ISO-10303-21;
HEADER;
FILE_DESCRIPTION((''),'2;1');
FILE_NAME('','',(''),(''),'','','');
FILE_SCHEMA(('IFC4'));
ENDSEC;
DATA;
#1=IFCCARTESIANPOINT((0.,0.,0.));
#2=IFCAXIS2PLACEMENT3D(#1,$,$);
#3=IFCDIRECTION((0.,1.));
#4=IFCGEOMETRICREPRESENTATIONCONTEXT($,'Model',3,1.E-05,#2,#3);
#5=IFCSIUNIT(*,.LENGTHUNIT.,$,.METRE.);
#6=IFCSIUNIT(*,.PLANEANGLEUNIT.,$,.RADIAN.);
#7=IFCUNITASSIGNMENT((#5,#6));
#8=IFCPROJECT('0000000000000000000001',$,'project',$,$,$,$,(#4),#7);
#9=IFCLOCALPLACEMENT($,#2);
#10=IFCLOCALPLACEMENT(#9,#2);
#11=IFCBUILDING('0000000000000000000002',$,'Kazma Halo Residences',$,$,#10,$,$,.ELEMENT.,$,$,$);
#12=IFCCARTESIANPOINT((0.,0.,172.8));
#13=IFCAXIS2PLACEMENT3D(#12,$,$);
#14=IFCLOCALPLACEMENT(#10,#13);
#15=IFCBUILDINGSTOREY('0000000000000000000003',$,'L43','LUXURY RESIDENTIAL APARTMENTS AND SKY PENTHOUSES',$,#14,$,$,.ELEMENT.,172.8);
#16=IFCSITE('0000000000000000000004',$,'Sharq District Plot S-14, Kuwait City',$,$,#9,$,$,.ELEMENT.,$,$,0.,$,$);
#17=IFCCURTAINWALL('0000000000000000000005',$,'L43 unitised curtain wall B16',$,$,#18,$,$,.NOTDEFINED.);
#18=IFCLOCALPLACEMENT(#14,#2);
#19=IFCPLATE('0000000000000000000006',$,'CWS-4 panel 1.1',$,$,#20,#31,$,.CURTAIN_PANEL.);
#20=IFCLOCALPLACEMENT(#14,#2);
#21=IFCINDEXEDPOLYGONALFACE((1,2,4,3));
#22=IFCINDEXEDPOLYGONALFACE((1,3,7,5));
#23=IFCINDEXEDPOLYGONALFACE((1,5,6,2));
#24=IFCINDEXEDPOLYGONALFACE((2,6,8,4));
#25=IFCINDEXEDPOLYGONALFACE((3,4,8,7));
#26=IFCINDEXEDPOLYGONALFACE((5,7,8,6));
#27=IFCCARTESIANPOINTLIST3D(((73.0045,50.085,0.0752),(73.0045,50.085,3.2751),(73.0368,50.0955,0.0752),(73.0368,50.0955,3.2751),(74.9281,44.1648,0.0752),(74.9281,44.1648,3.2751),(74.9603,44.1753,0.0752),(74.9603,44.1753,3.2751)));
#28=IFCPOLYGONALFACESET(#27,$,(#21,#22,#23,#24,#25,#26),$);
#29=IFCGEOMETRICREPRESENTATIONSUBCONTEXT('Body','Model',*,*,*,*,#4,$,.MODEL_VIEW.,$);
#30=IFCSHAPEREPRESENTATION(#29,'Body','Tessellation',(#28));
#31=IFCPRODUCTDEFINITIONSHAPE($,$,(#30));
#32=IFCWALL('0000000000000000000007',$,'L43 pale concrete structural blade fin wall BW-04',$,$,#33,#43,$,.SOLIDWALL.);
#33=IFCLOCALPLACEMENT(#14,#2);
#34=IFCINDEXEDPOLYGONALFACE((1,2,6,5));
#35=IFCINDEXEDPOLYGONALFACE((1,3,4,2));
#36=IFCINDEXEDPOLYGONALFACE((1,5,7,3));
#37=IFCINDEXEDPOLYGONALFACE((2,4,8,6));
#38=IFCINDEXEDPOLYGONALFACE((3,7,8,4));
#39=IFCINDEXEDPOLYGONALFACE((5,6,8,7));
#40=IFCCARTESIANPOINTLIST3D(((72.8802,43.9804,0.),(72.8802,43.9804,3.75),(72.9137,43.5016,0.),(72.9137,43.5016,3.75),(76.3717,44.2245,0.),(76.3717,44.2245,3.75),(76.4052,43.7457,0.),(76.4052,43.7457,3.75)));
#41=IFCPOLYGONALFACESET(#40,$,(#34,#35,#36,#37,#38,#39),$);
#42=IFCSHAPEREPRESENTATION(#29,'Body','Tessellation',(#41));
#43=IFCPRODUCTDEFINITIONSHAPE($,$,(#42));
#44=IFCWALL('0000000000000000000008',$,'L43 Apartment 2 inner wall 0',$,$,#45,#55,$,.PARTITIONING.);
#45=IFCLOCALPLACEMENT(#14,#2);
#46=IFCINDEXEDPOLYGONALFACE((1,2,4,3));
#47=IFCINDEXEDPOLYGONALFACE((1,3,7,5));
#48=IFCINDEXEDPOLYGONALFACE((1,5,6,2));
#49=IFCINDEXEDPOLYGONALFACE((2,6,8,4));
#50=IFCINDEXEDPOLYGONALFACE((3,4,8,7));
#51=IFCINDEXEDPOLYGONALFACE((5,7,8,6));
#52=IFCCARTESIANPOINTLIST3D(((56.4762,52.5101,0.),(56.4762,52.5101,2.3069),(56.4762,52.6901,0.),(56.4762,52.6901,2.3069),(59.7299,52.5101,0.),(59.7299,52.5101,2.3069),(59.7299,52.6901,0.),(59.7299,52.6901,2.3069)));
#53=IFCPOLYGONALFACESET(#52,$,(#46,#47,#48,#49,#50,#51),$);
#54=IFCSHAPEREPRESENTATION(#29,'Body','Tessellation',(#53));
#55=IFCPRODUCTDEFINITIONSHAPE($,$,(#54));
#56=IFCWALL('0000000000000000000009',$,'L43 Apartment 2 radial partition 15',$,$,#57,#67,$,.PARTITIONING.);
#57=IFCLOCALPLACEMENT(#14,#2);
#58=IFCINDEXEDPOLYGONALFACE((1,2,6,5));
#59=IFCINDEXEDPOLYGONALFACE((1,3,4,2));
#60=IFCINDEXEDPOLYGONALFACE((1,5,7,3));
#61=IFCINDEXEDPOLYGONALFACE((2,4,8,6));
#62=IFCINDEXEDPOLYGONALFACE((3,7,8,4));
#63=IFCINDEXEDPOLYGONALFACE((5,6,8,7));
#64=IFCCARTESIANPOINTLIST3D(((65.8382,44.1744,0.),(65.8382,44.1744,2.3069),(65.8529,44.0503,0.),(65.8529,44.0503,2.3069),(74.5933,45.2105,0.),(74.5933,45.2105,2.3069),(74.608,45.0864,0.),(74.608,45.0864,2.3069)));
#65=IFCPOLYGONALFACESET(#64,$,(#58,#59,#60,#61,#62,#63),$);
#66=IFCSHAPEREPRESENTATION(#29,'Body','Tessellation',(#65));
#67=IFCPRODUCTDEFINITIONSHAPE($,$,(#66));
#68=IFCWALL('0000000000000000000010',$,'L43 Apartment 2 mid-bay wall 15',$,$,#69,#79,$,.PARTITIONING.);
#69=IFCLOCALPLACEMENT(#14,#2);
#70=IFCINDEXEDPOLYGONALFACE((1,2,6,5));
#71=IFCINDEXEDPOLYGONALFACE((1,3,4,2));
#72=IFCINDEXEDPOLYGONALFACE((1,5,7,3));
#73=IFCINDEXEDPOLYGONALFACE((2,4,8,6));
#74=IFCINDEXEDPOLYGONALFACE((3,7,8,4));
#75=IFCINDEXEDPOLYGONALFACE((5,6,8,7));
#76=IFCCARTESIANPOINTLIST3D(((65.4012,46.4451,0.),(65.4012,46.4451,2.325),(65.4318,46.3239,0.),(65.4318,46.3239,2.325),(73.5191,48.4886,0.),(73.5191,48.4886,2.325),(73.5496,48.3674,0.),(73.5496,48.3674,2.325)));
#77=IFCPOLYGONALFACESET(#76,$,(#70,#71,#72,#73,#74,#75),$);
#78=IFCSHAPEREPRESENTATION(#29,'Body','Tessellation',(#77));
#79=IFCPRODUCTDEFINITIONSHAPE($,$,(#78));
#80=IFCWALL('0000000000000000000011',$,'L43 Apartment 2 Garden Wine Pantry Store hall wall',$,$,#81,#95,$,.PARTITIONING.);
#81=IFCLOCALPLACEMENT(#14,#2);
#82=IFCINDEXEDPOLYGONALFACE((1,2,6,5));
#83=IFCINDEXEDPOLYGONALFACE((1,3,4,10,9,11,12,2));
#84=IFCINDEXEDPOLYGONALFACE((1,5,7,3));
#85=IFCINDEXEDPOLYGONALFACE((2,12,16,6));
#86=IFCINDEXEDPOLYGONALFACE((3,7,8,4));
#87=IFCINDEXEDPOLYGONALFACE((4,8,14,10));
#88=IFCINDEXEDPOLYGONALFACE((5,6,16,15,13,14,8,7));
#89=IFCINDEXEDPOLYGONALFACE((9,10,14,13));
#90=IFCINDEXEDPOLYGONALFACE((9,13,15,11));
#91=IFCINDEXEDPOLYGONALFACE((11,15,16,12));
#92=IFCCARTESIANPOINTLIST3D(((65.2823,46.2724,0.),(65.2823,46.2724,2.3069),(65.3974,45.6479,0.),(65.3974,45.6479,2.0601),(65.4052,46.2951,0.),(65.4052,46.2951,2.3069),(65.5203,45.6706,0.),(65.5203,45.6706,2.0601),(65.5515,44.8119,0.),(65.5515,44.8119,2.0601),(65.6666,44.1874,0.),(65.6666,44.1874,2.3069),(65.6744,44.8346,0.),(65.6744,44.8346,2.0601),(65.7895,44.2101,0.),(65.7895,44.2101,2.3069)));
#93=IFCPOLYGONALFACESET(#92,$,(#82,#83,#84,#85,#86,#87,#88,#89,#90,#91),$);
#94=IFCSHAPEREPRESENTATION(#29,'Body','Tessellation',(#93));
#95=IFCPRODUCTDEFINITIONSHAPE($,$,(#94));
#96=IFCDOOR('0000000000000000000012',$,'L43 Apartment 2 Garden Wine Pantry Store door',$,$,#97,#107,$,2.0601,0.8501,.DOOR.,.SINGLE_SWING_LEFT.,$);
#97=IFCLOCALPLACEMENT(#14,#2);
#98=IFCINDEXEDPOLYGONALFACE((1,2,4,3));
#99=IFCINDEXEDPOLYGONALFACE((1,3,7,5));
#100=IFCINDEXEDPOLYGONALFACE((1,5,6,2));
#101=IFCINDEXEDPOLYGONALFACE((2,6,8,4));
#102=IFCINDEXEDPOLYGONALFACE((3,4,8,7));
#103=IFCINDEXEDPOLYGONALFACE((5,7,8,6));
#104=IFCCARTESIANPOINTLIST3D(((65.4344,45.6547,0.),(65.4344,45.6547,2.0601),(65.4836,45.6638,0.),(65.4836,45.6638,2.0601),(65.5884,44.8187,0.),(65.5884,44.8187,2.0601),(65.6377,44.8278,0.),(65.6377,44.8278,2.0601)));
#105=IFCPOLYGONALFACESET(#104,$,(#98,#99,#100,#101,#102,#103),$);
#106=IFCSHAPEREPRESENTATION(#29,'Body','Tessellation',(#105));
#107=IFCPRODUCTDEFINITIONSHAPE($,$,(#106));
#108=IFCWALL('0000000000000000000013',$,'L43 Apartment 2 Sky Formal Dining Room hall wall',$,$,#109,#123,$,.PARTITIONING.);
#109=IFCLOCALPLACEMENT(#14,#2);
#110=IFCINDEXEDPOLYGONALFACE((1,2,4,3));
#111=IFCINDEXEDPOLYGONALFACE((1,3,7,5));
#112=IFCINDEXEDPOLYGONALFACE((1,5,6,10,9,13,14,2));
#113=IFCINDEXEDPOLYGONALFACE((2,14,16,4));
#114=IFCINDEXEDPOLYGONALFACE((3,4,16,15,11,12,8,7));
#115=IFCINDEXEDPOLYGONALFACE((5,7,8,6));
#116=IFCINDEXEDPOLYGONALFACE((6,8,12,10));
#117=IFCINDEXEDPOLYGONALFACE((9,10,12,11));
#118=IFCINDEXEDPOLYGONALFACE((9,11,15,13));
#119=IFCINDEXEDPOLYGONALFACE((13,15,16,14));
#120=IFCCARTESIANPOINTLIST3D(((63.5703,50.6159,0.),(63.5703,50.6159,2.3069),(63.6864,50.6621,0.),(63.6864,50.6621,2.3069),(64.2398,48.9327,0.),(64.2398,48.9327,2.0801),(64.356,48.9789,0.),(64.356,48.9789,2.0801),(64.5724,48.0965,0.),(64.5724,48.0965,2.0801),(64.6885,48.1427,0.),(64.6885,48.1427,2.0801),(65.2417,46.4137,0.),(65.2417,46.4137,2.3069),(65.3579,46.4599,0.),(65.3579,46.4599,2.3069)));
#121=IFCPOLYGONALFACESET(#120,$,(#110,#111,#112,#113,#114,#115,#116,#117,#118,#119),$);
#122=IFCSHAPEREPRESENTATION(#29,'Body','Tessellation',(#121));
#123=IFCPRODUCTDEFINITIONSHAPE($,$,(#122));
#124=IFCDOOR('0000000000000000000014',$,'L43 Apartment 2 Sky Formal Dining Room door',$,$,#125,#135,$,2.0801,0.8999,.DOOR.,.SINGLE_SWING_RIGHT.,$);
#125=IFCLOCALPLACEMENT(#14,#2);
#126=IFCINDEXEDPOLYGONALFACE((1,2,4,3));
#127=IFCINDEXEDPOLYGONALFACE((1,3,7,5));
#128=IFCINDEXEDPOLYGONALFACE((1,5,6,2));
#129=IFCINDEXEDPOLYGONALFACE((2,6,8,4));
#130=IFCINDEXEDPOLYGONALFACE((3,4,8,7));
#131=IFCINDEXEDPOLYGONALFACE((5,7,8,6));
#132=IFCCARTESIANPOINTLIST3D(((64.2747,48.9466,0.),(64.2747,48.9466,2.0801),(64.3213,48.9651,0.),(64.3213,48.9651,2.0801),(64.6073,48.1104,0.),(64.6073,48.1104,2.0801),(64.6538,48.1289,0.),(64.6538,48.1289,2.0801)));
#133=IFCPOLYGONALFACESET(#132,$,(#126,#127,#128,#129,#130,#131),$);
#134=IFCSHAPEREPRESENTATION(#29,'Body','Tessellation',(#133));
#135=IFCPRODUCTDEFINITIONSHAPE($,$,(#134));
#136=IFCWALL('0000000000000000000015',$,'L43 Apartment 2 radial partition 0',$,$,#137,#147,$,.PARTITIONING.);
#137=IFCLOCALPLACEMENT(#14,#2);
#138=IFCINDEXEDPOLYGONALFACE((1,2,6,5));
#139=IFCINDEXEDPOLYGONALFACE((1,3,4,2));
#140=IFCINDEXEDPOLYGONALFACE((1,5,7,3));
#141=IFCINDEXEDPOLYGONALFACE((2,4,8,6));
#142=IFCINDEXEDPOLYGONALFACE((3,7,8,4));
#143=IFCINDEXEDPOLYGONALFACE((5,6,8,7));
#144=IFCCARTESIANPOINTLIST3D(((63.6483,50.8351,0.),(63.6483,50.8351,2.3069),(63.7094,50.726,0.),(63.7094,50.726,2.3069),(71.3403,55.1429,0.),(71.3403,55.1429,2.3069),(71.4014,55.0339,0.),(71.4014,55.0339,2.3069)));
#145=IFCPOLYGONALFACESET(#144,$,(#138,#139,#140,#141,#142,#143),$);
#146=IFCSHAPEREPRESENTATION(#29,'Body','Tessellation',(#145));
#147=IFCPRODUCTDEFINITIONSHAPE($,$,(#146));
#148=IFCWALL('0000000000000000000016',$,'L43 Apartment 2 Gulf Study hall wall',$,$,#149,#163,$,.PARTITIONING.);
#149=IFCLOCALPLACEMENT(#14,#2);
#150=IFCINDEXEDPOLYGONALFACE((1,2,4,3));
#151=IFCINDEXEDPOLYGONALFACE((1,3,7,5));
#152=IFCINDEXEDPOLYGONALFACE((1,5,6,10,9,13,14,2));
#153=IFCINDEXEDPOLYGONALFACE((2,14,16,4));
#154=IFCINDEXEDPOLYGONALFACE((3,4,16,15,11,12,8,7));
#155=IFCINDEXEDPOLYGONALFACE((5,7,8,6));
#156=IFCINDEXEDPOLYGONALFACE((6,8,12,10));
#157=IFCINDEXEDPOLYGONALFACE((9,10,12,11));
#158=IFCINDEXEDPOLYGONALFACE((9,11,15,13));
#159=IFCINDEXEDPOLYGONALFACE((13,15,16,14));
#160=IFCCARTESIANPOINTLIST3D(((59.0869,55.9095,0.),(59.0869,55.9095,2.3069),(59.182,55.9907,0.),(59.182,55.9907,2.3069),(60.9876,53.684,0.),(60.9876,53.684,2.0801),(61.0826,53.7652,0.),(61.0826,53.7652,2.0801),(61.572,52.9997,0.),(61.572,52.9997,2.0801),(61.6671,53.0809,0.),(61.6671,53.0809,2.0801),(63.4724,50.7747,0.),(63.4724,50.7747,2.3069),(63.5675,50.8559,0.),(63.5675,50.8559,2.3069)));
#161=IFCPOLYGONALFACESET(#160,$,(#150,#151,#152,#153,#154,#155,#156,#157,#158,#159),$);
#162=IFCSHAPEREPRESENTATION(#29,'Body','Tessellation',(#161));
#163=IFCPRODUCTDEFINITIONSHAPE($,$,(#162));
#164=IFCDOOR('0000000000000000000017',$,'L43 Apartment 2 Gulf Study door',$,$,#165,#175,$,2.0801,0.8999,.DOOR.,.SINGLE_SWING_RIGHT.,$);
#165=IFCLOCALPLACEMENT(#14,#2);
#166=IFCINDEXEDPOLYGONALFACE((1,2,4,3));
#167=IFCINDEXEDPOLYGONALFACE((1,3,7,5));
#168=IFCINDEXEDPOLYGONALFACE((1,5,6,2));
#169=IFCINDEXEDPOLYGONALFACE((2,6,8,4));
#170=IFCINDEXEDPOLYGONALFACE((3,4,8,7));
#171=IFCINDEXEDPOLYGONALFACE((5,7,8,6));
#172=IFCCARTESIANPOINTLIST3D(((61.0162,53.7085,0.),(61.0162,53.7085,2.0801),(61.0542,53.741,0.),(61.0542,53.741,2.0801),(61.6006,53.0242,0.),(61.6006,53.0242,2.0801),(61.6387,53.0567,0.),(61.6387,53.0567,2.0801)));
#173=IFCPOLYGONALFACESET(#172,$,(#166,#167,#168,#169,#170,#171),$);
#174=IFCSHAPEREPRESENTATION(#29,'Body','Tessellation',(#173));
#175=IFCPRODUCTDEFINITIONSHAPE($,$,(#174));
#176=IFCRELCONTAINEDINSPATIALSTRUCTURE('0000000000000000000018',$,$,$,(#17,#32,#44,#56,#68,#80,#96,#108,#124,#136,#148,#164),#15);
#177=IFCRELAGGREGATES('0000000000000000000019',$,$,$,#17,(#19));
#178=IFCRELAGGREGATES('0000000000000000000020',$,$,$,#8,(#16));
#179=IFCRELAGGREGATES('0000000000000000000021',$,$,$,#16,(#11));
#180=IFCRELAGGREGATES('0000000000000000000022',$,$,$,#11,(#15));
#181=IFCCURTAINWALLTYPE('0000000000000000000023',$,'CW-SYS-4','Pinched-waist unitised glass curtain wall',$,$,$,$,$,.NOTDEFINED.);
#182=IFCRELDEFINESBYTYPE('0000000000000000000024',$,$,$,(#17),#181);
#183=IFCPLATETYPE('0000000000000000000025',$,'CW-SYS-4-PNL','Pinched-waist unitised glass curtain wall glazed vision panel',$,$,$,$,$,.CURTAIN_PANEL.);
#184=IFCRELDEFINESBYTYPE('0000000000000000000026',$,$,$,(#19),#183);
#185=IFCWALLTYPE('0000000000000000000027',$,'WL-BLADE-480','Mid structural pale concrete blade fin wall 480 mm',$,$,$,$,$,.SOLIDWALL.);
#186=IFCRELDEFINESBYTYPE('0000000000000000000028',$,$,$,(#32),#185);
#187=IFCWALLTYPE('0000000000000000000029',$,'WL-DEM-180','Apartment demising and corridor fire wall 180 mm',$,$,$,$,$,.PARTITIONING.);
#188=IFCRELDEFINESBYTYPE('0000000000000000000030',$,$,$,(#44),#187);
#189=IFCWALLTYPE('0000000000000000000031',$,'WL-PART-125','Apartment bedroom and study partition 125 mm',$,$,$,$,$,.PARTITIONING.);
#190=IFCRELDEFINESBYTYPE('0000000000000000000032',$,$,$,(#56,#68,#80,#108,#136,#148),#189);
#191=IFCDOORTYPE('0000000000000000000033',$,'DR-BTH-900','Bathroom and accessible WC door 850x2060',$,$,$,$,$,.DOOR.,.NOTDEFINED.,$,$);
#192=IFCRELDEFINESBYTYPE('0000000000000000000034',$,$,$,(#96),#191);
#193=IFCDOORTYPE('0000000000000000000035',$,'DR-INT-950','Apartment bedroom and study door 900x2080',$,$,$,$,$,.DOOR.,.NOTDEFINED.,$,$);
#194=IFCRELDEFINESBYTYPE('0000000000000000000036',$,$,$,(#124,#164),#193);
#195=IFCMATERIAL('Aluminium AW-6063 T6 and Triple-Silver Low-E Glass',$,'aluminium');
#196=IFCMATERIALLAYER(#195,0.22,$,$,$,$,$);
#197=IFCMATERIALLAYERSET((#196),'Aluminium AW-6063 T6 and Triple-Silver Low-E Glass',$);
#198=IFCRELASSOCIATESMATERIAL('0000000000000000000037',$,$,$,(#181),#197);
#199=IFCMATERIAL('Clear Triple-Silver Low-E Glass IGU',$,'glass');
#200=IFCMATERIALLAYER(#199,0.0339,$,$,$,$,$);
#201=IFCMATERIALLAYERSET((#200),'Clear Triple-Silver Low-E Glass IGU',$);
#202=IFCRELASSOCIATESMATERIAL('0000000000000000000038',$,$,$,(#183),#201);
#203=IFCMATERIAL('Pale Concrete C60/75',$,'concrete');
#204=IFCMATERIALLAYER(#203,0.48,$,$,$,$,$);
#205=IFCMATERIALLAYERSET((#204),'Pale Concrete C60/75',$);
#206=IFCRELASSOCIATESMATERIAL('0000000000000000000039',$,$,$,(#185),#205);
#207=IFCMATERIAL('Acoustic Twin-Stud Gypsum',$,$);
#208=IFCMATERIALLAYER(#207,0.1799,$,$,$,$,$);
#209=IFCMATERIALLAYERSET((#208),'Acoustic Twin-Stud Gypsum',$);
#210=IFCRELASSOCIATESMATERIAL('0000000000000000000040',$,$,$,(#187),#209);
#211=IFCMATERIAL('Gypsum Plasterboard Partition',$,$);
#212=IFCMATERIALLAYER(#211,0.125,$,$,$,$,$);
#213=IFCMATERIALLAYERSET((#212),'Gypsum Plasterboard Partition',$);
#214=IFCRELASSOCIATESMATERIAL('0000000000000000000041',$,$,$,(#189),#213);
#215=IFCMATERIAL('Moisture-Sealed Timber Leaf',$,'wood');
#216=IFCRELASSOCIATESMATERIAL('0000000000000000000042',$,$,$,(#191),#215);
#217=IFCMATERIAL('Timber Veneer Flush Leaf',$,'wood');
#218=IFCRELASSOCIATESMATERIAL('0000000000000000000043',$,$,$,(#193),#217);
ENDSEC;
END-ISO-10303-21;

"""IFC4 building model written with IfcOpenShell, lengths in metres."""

from ifc_helpers import new_model, si_unit, direction, frame, frame_2d, origin, origin_2d, place, context, subcontext, project, spatial, rectangle, extrude, material, layer, layer_set, type_object, element, fill, aggregate, save


model = new_model("IFC4")

# Units and contexts
model_context = context("Model", 3, precision=1e-05, world=origin(), true_north=direction((0.0, 1.0)))
body_context = subcontext(model_context, "Body", "Model", "MODEL_VIEW")
ifc_project = project(units=[si_unit("LENGTHUNIT", "METRE"), si_unit("PLANEANGLEUNIT", "RADIAN")], contexts=[model_context])

# Site, building, storey
site_placement = place(None, origin())
site = spatial("IfcSite", under=ifc_project, at=site_placement, Name="Sharq District Plot S-14, Kuwait City", CompositionType="ELEMENT", RefElevation=0.0)
building_placement = place(site_placement, origin())
building = spatial("IfcBuilding", under=site, at=building_placement, Name="Kazma Halo Residences", CompositionType="ELEMENT")
storey_placement = place(building_placement, frame((0.0, 0.0, 172.8)))
storey = spatial("IfcBuildingStorey", under=building, at=storey_placement, Name="L43", Description="LUXURY RESIDENTIAL APARTMENTS AND SKY PENTHOUSES", CompositionType="ELEMENT", Elevation=172.8)

# Shared definitions
ifc_material_1 = material(Name="Aluminium AW-6063 T6 and Triple-Silver Low-E Glass", Category="aluminium")
ifc_layer_1 = layer(ifc_material_1, 0.22)
ifc_layer_set_1 = layer_set([ifc_layer_1], Name="Aluminium AW-6063 T6 and Triple-Silver Low-E Glass")
curtain_wall_type = type_object("IfcCurtainWallType", Name="CW-SYS-4", Description="Pinched-waist unitised glass curtain wall", PredefinedType="NOTDEFINED", material=ifc_layer_set_1)

# Curtain wall, plate
curtain_wall_1_placement = place(storey_placement, origin())
curtain_wall_1 = element("IfcCurtainWall", 1, at=curtain_wall_1_placement, inside=storey, type_object=curtain_wall_type, Name="L43 unitised curtain wall B16", PredefinedType="NOTDEFINED")
ifc_material_2 = material(Name="Clear Triple-Silver Low-E Glass IGU", Category="glass")
ifc_layer_2 = layer(ifc_material_2, 0.0339)
ifc_layer_set_2 = layer_set([ifc_layer_2], Name="Clear Triple-Silver Low-E Glass IGU")
plate_type = type_object("IfcPlateType", Name="CW-SYS-4-PNL", Description="Pinched-waist unitised glass curtain wall glazed vision panel", PredefinedType="CURTAIN_PANEL", material=ifc_layer_set_2)
plate_placement = place(storey_placement, frame((73.9824, 47.1301, 0.0752), z_axis=(0.0, 0.0, 1.0), x_axis=(-0.309014, 0.951058, 0.0)))
plate = element("IfcPlate", 2, at=plate_placement, type_object=plate_type, Name="CWS-4 panel 1.1", PredefinedType="CURTAIN_PANEL", context=body_context, shape_type="SweptSolid", body=[
    extrude(rectangle(XDim=6.2249, YDim=0.0339, at=origin_2d()), origin(), (0.0, 0.0, 1.0), 3.2),
])
aggregate(curtain_wall_1, [plate])

# Walls
ifc_material_3 = material(Name="Pale Concrete C60/75", Category="concrete")
ifc_layer_3 = layer(ifc_material_3, 0.48)
ifc_layer_set_3 = layer_set([ifc_layer_3], Name="Pale Concrete C60/75")
wall_type_1 = type_object("IfcWallType", Name="WL-BLADE-480", Description="Mid structural pale concrete blade fin wall 480 mm", PredefinedType="SOLIDWALL", material=ifc_layer_set_3)
wall_1_placement = place(storey_placement, frame((72.897, 43.741, 0.0), z_axis=(0.0, 0.0, 1.0), x_axis=(0.997564, 0.069755, 0.0)))
element("IfcWall", 3, at=wall_1_placement, inside=storey, type_object=wall_type_1, Name="L43 pale concrete structural blade fin wall BW-04", PredefinedType="SOLIDWALL", context=body_context, shape_type="SweptSolid", body=[
    extrude(rectangle(XDim=3.5, YDim=0.48, at=frame_2d((1.75, 0.0))), origin(), (0.0, 0.0, 1.0), 3.75),
])
ifc_material_4 = material(Name="Acoustic Twin-Stud Gypsum")
ifc_layer_4 = layer(ifc_material_4, 0.1799)
ifc_layer_set_4 = layer_set([ifc_layer_4], Name="Acoustic Twin-Stud Gypsum")
wall_type_2 = type_object("IfcWallType", Name="WL-DEM-180", Description="Apartment demising and corridor fire wall 180 mm", PredefinedType="PARTITIONING", material=ifc_layer_set_4)
wall_2_placement = place(storey_placement, frame((59.73, 52.6001, 0.0), z_axis=(0.0, 0.0, 1.0), x_axis=(-1.0, 0.0, 0.0)))
element("IfcWall", 4, at=wall_2_placement, inside=storey, type_object=wall_type_2, Name="L43 Apartment 2 inner wall 0", PredefinedType="PARTITIONING", context=body_context, shape_type="SweptSolid", body=[
    extrude(rectangle(XDim=3.2537, YDim=0.1799, at=frame_2d((1.627, 0.0))), origin(), (0.0, 0.0, 1.0), 2.3069),
])
ifc_material_5 = material(Name="Gypsum Plasterboard Partition")
ifc_layer_5 = layer(ifc_material_5, 0.125)
ifc_layer_set_5 = layer_set([ifc_layer_5], Name="Gypsum Plasterboard Partition")
wall_type_3 = type_object("IfcWallType", Name="WL-PART-125", Description="Apartment bedroom and study partition 125 mm", PredefinedType="PARTITIONING", material=ifc_layer_set_5)
wall_3_placement = place(storey_placement, frame((65.8455, 44.1123, 0.0), z_axis=(0.0, 0.0, 1.0), x_axis=(0.99307, 0.117526, 0.0)))
element("IfcWall", 5, at=wall_3_placement, inside=storey, type_object=wall_type_3, Name="L43 Apartment 2 radial partition 15", PredefinedType="PARTITIONING", context=body_context, shape_type="SweptSolid", body=[
    extrude(rectangle(XDim=8.8162, YDim=0.125, at=frame_2d((4.4082, 0.0))), origin(), (0.0, 0.0, 1.0), 2.3069),
])
wall_4_placement = place(storey_placement, frame((65.4165, 46.3845, 0.0), z_axis=(0.0, 0.0, 1.0), x_axis=(0.969748, 0.244107, 0.0)))
element("IfcWall", 6, at=wall_4_placement, inside=storey, type_object=wall_type_3, Name="L43 Apartment 2 mid-bay wall 15", PredefinedType="PARTITIONING", context=body_context, shape_type="SweptSolid", body=[
    extrude(rectangle(XDim=8.3711, YDim=0.125, at=frame_2d((4.1855, 0.0))), origin(), (0.0, 0.0, 1.0), 2.325),
])

# Walls, openings, doors
wall_5_placement = place(storey_placement, frame((65.728, 44.1987, 0.0), z_axis=(0.0, 0.0, 1.0), x_axis=(-0.181256, 0.983436, 0.0)))
wall_5 = element("IfcWall", 7, at=wall_5_placement, inside=storey, type_object=wall_type_3, Name="L43 Apartment 2 Garden Wine Pantry Store hall wall", PredefinedType="PARTITIONING", context=body_context, shape_type="SweptSolid", body=[
    extrude(rectangle(XDim=2.1201, YDim=0.125, at=frame_2d((1.0601, 0.0))), origin(), (0.0, 0.0, 1.0), 2.3069),
])
opening_1_placement = place(wall_5_placement, frame((0.635, 0.0, 0.0)))
opening_1 = element("IfcOpeningElement", 8, at=opening_1_placement, cuts=wall_5, PredefinedType="OPENING", context=body_context, shape_type="SweptSolid", body=[
    extrude(rectangle(XDim=0.8501, YDim=2.0601, at=frame_2d((0.425, 1.03))), frame((0.0, 0.0725, 0.0), z_axis=(0.0, -1.0, 0.0), x_axis=(1.0, 0.0, 0.0)), (0.0, 0.0, 1.0), 0.145),
])
ifc_material_6 = material(Name="Moisture-Sealed Timber Leaf", Category="wood")
door_type_1 = type_object("IfcDoorType", Name="DR-BTH-900", Description="Bathroom and accessible WC door 850x2060", OperationType="NOTDEFINED", PredefinedType="DOOR", material=ifc_material_6)
door_1_placement = place(opening_1_placement, origin())
door_1 = element("IfcDoor", 9, at=door_1_placement, inside=storey, type_object=door_type_1, Name="L43 Apartment 2 Garden Wine Pantry Store door", OperationType="SINGLE_SWING_LEFT", OverallHeight=2.0601, OverallWidth=0.8501, PredefinedType="DOOR", context=body_context, shape_type="SweptSolid", body=[
    extrude(rectangle(XDim=0.8501, YDim=2.0601, at=frame_2d((0.425, 1.03))), frame((0.0, 0.0249, 0.0), z_axis=(0.0, -1.0, 0.0), x_axis=(1.0, 0.0, 0.0)), (0.0, 0.0, 1.0), 0.05),
])
fill(opening_1, door_1)
wall_6_placement = place(storey_placement, frame((65.2998, 46.4368, 0.0), z_axis=(0.0, 0.0, 1.0), x_axis=(-0.369584, 0.929197, 0.0)))
wall_6 = element("IfcWall", 10, at=wall_6_placement, inside=storey, type_object=wall_type_3, Name="L43 Apartment 2 Sky Formal Dining Room hall wall", PredefinedType="PARTITIONING", context=body_context, shape_type="SweptSolid", body=[
    extrude(rectangle(XDim=4.5225, YDim=0.125, at=frame_2d((2.2612, 0.0))), origin(), (0.0, 0.0, 1.0), 2.3069),
])
opening_2_placement = place(wall_6_placement, frame((1.811, 0.0, 0.0)))
opening_2 = element("IfcOpeningElement", 11, at=opening_2_placement, cuts=wall_6, PredefinedType="OPENING", context=body_context, shape_type="SweptSolid", body=[
    extrude(rectangle(XDim=0.8999, YDim=2.0801, at=frame_2d((0.45, 1.04))), frame((0.0, 0.0725, 0.0), z_axis=(0.0, -1.0, 0.0), x_axis=(1.0, 0.0, 0.0)), (0.0, 0.0, 1.0), 0.145),
])
ifc_material_7 = material(Name="Timber Veneer Flush Leaf", Category="wood")
door_type_2 = type_object("IfcDoorType", Name="DR-INT-950", Description="Apartment bedroom and study door 900x2080", OperationType="NOTDEFINED", PredefinedType="DOOR", material=ifc_material_7)
door_2_placement = place(opening_2_placement, origin())
door_2 = element("IfcDoor", 12, at=door_2_placement, inside=storey, type_object=door_type_2, Name="L43 Apartment 2 Sky Formal Dining Room door", OperationType="SINGLE_SWING_RIGHT", OverallHeight=2.0801, OverallWidth=0.8999, PredefinedType="DOOR", context=body_context, shape_type="SweptSolid", body=[
    extrude(rectangle(XDim=0.8999, YDim=2.0801, at=frame_2d((0.45, 1.04))), frame((0.0, 0.0249, 0.0), z_axis=(0.0, -1.0, 0.0), x_axis=(1.0, 0.0, 0.0)), (0.0, 0.0, 1.0), 0.05),
])
fill(opening_2, door_2)

# Wall
wall_7_placement = place(storey_placement, frame((63.6787, 50.7805, 0.0), z_axis=(0.0, 0.0, 1.0), x_axis=(0.872493, 0.488626, 0.0)))
element("IfcWall", 13, at=wall_7_placement, inside=storey, type_object=wall_type_3, Name="L43 Apartment 2 radial partition 0", PredefinedType="PARTITIONING", context=body_context, shape_type="SweptSolid", body=[
    extrude(rectangle(XDim=8.8162, YDim=0.125, at=frame_2d((4.4082, 0.0))), origin(), (0.0, 0.0, 1.0), 2.3069),
])

# Wall, opening, door
wall_8_placement = place(storey_placement, frame((63.52, 50.8152, 0.0), z_axis=(0.0, 0.0, 1.0), x_axis=(-0.649448, 0.760406, 0.0)))
wall_8 = element("IfcWall", 14, at=wall_8_placement, inside=storey, type_object=wall_type_3, Name="L43 Apartment 2 Gulf Study hall wall", PredefinedType="PARTITIONING", context=body_context, shape_type="SweptSolid", body=[
    extrude(rectangle(XDim=6.7527, YDim=0.125, at=frame_2d((3.3765, 0.0))), origin(), (0.0, 0.0, 1.0), 2.3069),
])
opening_3_placement = place(wall_8_placement, frame((2.9263, 0.0, 0.0)))
opening_3 = element("IfcOpeningElement", 15, at=opening_3_placement, cuts=wall_8, PredefinedType="OPENING", context=body_context, shape_type="SweptSolid", body=[
    extrude(rectangle(XDim=0.8999, YDim=2.0801, at=frame_2d((0.45, 1.04))), frame((0.0, 0.0725, 0.0), z_axis=(0.0, -1.0, 0.0), x_axis=(1.0, 0.0, 0.0)), (0.0, 0.0, 1.0), 0.145),
])
door_3_placement = place(opening_3_placement, origin())
door_3 = element("IfcDoor", 16, at=door_3_placement, inside=storey, type_object=door_type_2, Name="L43 Apartment 2 Gulf Study door", OperationType="SINGLE_SWING_RIGHT", OverallHeight=2.0801, OverallWidth=0.8999, PredefinedType="DOOR", context=body_context, shape_type="SweptSolid", body=[
    extrude(rectangle(XDim=0.8999, YDim=2.0801, at=frame_2d((0.45, 1.04))), frame((0.0, 0.0249, 0.0), z_axis=(0.0, -1.0, 0.0), x_axis=(1.0, 0.0, 0.0)), (0.0, 0.0, 1.0), 0.05),
])
fill(opening_3, door_3)

save(model, "model.ifc")
